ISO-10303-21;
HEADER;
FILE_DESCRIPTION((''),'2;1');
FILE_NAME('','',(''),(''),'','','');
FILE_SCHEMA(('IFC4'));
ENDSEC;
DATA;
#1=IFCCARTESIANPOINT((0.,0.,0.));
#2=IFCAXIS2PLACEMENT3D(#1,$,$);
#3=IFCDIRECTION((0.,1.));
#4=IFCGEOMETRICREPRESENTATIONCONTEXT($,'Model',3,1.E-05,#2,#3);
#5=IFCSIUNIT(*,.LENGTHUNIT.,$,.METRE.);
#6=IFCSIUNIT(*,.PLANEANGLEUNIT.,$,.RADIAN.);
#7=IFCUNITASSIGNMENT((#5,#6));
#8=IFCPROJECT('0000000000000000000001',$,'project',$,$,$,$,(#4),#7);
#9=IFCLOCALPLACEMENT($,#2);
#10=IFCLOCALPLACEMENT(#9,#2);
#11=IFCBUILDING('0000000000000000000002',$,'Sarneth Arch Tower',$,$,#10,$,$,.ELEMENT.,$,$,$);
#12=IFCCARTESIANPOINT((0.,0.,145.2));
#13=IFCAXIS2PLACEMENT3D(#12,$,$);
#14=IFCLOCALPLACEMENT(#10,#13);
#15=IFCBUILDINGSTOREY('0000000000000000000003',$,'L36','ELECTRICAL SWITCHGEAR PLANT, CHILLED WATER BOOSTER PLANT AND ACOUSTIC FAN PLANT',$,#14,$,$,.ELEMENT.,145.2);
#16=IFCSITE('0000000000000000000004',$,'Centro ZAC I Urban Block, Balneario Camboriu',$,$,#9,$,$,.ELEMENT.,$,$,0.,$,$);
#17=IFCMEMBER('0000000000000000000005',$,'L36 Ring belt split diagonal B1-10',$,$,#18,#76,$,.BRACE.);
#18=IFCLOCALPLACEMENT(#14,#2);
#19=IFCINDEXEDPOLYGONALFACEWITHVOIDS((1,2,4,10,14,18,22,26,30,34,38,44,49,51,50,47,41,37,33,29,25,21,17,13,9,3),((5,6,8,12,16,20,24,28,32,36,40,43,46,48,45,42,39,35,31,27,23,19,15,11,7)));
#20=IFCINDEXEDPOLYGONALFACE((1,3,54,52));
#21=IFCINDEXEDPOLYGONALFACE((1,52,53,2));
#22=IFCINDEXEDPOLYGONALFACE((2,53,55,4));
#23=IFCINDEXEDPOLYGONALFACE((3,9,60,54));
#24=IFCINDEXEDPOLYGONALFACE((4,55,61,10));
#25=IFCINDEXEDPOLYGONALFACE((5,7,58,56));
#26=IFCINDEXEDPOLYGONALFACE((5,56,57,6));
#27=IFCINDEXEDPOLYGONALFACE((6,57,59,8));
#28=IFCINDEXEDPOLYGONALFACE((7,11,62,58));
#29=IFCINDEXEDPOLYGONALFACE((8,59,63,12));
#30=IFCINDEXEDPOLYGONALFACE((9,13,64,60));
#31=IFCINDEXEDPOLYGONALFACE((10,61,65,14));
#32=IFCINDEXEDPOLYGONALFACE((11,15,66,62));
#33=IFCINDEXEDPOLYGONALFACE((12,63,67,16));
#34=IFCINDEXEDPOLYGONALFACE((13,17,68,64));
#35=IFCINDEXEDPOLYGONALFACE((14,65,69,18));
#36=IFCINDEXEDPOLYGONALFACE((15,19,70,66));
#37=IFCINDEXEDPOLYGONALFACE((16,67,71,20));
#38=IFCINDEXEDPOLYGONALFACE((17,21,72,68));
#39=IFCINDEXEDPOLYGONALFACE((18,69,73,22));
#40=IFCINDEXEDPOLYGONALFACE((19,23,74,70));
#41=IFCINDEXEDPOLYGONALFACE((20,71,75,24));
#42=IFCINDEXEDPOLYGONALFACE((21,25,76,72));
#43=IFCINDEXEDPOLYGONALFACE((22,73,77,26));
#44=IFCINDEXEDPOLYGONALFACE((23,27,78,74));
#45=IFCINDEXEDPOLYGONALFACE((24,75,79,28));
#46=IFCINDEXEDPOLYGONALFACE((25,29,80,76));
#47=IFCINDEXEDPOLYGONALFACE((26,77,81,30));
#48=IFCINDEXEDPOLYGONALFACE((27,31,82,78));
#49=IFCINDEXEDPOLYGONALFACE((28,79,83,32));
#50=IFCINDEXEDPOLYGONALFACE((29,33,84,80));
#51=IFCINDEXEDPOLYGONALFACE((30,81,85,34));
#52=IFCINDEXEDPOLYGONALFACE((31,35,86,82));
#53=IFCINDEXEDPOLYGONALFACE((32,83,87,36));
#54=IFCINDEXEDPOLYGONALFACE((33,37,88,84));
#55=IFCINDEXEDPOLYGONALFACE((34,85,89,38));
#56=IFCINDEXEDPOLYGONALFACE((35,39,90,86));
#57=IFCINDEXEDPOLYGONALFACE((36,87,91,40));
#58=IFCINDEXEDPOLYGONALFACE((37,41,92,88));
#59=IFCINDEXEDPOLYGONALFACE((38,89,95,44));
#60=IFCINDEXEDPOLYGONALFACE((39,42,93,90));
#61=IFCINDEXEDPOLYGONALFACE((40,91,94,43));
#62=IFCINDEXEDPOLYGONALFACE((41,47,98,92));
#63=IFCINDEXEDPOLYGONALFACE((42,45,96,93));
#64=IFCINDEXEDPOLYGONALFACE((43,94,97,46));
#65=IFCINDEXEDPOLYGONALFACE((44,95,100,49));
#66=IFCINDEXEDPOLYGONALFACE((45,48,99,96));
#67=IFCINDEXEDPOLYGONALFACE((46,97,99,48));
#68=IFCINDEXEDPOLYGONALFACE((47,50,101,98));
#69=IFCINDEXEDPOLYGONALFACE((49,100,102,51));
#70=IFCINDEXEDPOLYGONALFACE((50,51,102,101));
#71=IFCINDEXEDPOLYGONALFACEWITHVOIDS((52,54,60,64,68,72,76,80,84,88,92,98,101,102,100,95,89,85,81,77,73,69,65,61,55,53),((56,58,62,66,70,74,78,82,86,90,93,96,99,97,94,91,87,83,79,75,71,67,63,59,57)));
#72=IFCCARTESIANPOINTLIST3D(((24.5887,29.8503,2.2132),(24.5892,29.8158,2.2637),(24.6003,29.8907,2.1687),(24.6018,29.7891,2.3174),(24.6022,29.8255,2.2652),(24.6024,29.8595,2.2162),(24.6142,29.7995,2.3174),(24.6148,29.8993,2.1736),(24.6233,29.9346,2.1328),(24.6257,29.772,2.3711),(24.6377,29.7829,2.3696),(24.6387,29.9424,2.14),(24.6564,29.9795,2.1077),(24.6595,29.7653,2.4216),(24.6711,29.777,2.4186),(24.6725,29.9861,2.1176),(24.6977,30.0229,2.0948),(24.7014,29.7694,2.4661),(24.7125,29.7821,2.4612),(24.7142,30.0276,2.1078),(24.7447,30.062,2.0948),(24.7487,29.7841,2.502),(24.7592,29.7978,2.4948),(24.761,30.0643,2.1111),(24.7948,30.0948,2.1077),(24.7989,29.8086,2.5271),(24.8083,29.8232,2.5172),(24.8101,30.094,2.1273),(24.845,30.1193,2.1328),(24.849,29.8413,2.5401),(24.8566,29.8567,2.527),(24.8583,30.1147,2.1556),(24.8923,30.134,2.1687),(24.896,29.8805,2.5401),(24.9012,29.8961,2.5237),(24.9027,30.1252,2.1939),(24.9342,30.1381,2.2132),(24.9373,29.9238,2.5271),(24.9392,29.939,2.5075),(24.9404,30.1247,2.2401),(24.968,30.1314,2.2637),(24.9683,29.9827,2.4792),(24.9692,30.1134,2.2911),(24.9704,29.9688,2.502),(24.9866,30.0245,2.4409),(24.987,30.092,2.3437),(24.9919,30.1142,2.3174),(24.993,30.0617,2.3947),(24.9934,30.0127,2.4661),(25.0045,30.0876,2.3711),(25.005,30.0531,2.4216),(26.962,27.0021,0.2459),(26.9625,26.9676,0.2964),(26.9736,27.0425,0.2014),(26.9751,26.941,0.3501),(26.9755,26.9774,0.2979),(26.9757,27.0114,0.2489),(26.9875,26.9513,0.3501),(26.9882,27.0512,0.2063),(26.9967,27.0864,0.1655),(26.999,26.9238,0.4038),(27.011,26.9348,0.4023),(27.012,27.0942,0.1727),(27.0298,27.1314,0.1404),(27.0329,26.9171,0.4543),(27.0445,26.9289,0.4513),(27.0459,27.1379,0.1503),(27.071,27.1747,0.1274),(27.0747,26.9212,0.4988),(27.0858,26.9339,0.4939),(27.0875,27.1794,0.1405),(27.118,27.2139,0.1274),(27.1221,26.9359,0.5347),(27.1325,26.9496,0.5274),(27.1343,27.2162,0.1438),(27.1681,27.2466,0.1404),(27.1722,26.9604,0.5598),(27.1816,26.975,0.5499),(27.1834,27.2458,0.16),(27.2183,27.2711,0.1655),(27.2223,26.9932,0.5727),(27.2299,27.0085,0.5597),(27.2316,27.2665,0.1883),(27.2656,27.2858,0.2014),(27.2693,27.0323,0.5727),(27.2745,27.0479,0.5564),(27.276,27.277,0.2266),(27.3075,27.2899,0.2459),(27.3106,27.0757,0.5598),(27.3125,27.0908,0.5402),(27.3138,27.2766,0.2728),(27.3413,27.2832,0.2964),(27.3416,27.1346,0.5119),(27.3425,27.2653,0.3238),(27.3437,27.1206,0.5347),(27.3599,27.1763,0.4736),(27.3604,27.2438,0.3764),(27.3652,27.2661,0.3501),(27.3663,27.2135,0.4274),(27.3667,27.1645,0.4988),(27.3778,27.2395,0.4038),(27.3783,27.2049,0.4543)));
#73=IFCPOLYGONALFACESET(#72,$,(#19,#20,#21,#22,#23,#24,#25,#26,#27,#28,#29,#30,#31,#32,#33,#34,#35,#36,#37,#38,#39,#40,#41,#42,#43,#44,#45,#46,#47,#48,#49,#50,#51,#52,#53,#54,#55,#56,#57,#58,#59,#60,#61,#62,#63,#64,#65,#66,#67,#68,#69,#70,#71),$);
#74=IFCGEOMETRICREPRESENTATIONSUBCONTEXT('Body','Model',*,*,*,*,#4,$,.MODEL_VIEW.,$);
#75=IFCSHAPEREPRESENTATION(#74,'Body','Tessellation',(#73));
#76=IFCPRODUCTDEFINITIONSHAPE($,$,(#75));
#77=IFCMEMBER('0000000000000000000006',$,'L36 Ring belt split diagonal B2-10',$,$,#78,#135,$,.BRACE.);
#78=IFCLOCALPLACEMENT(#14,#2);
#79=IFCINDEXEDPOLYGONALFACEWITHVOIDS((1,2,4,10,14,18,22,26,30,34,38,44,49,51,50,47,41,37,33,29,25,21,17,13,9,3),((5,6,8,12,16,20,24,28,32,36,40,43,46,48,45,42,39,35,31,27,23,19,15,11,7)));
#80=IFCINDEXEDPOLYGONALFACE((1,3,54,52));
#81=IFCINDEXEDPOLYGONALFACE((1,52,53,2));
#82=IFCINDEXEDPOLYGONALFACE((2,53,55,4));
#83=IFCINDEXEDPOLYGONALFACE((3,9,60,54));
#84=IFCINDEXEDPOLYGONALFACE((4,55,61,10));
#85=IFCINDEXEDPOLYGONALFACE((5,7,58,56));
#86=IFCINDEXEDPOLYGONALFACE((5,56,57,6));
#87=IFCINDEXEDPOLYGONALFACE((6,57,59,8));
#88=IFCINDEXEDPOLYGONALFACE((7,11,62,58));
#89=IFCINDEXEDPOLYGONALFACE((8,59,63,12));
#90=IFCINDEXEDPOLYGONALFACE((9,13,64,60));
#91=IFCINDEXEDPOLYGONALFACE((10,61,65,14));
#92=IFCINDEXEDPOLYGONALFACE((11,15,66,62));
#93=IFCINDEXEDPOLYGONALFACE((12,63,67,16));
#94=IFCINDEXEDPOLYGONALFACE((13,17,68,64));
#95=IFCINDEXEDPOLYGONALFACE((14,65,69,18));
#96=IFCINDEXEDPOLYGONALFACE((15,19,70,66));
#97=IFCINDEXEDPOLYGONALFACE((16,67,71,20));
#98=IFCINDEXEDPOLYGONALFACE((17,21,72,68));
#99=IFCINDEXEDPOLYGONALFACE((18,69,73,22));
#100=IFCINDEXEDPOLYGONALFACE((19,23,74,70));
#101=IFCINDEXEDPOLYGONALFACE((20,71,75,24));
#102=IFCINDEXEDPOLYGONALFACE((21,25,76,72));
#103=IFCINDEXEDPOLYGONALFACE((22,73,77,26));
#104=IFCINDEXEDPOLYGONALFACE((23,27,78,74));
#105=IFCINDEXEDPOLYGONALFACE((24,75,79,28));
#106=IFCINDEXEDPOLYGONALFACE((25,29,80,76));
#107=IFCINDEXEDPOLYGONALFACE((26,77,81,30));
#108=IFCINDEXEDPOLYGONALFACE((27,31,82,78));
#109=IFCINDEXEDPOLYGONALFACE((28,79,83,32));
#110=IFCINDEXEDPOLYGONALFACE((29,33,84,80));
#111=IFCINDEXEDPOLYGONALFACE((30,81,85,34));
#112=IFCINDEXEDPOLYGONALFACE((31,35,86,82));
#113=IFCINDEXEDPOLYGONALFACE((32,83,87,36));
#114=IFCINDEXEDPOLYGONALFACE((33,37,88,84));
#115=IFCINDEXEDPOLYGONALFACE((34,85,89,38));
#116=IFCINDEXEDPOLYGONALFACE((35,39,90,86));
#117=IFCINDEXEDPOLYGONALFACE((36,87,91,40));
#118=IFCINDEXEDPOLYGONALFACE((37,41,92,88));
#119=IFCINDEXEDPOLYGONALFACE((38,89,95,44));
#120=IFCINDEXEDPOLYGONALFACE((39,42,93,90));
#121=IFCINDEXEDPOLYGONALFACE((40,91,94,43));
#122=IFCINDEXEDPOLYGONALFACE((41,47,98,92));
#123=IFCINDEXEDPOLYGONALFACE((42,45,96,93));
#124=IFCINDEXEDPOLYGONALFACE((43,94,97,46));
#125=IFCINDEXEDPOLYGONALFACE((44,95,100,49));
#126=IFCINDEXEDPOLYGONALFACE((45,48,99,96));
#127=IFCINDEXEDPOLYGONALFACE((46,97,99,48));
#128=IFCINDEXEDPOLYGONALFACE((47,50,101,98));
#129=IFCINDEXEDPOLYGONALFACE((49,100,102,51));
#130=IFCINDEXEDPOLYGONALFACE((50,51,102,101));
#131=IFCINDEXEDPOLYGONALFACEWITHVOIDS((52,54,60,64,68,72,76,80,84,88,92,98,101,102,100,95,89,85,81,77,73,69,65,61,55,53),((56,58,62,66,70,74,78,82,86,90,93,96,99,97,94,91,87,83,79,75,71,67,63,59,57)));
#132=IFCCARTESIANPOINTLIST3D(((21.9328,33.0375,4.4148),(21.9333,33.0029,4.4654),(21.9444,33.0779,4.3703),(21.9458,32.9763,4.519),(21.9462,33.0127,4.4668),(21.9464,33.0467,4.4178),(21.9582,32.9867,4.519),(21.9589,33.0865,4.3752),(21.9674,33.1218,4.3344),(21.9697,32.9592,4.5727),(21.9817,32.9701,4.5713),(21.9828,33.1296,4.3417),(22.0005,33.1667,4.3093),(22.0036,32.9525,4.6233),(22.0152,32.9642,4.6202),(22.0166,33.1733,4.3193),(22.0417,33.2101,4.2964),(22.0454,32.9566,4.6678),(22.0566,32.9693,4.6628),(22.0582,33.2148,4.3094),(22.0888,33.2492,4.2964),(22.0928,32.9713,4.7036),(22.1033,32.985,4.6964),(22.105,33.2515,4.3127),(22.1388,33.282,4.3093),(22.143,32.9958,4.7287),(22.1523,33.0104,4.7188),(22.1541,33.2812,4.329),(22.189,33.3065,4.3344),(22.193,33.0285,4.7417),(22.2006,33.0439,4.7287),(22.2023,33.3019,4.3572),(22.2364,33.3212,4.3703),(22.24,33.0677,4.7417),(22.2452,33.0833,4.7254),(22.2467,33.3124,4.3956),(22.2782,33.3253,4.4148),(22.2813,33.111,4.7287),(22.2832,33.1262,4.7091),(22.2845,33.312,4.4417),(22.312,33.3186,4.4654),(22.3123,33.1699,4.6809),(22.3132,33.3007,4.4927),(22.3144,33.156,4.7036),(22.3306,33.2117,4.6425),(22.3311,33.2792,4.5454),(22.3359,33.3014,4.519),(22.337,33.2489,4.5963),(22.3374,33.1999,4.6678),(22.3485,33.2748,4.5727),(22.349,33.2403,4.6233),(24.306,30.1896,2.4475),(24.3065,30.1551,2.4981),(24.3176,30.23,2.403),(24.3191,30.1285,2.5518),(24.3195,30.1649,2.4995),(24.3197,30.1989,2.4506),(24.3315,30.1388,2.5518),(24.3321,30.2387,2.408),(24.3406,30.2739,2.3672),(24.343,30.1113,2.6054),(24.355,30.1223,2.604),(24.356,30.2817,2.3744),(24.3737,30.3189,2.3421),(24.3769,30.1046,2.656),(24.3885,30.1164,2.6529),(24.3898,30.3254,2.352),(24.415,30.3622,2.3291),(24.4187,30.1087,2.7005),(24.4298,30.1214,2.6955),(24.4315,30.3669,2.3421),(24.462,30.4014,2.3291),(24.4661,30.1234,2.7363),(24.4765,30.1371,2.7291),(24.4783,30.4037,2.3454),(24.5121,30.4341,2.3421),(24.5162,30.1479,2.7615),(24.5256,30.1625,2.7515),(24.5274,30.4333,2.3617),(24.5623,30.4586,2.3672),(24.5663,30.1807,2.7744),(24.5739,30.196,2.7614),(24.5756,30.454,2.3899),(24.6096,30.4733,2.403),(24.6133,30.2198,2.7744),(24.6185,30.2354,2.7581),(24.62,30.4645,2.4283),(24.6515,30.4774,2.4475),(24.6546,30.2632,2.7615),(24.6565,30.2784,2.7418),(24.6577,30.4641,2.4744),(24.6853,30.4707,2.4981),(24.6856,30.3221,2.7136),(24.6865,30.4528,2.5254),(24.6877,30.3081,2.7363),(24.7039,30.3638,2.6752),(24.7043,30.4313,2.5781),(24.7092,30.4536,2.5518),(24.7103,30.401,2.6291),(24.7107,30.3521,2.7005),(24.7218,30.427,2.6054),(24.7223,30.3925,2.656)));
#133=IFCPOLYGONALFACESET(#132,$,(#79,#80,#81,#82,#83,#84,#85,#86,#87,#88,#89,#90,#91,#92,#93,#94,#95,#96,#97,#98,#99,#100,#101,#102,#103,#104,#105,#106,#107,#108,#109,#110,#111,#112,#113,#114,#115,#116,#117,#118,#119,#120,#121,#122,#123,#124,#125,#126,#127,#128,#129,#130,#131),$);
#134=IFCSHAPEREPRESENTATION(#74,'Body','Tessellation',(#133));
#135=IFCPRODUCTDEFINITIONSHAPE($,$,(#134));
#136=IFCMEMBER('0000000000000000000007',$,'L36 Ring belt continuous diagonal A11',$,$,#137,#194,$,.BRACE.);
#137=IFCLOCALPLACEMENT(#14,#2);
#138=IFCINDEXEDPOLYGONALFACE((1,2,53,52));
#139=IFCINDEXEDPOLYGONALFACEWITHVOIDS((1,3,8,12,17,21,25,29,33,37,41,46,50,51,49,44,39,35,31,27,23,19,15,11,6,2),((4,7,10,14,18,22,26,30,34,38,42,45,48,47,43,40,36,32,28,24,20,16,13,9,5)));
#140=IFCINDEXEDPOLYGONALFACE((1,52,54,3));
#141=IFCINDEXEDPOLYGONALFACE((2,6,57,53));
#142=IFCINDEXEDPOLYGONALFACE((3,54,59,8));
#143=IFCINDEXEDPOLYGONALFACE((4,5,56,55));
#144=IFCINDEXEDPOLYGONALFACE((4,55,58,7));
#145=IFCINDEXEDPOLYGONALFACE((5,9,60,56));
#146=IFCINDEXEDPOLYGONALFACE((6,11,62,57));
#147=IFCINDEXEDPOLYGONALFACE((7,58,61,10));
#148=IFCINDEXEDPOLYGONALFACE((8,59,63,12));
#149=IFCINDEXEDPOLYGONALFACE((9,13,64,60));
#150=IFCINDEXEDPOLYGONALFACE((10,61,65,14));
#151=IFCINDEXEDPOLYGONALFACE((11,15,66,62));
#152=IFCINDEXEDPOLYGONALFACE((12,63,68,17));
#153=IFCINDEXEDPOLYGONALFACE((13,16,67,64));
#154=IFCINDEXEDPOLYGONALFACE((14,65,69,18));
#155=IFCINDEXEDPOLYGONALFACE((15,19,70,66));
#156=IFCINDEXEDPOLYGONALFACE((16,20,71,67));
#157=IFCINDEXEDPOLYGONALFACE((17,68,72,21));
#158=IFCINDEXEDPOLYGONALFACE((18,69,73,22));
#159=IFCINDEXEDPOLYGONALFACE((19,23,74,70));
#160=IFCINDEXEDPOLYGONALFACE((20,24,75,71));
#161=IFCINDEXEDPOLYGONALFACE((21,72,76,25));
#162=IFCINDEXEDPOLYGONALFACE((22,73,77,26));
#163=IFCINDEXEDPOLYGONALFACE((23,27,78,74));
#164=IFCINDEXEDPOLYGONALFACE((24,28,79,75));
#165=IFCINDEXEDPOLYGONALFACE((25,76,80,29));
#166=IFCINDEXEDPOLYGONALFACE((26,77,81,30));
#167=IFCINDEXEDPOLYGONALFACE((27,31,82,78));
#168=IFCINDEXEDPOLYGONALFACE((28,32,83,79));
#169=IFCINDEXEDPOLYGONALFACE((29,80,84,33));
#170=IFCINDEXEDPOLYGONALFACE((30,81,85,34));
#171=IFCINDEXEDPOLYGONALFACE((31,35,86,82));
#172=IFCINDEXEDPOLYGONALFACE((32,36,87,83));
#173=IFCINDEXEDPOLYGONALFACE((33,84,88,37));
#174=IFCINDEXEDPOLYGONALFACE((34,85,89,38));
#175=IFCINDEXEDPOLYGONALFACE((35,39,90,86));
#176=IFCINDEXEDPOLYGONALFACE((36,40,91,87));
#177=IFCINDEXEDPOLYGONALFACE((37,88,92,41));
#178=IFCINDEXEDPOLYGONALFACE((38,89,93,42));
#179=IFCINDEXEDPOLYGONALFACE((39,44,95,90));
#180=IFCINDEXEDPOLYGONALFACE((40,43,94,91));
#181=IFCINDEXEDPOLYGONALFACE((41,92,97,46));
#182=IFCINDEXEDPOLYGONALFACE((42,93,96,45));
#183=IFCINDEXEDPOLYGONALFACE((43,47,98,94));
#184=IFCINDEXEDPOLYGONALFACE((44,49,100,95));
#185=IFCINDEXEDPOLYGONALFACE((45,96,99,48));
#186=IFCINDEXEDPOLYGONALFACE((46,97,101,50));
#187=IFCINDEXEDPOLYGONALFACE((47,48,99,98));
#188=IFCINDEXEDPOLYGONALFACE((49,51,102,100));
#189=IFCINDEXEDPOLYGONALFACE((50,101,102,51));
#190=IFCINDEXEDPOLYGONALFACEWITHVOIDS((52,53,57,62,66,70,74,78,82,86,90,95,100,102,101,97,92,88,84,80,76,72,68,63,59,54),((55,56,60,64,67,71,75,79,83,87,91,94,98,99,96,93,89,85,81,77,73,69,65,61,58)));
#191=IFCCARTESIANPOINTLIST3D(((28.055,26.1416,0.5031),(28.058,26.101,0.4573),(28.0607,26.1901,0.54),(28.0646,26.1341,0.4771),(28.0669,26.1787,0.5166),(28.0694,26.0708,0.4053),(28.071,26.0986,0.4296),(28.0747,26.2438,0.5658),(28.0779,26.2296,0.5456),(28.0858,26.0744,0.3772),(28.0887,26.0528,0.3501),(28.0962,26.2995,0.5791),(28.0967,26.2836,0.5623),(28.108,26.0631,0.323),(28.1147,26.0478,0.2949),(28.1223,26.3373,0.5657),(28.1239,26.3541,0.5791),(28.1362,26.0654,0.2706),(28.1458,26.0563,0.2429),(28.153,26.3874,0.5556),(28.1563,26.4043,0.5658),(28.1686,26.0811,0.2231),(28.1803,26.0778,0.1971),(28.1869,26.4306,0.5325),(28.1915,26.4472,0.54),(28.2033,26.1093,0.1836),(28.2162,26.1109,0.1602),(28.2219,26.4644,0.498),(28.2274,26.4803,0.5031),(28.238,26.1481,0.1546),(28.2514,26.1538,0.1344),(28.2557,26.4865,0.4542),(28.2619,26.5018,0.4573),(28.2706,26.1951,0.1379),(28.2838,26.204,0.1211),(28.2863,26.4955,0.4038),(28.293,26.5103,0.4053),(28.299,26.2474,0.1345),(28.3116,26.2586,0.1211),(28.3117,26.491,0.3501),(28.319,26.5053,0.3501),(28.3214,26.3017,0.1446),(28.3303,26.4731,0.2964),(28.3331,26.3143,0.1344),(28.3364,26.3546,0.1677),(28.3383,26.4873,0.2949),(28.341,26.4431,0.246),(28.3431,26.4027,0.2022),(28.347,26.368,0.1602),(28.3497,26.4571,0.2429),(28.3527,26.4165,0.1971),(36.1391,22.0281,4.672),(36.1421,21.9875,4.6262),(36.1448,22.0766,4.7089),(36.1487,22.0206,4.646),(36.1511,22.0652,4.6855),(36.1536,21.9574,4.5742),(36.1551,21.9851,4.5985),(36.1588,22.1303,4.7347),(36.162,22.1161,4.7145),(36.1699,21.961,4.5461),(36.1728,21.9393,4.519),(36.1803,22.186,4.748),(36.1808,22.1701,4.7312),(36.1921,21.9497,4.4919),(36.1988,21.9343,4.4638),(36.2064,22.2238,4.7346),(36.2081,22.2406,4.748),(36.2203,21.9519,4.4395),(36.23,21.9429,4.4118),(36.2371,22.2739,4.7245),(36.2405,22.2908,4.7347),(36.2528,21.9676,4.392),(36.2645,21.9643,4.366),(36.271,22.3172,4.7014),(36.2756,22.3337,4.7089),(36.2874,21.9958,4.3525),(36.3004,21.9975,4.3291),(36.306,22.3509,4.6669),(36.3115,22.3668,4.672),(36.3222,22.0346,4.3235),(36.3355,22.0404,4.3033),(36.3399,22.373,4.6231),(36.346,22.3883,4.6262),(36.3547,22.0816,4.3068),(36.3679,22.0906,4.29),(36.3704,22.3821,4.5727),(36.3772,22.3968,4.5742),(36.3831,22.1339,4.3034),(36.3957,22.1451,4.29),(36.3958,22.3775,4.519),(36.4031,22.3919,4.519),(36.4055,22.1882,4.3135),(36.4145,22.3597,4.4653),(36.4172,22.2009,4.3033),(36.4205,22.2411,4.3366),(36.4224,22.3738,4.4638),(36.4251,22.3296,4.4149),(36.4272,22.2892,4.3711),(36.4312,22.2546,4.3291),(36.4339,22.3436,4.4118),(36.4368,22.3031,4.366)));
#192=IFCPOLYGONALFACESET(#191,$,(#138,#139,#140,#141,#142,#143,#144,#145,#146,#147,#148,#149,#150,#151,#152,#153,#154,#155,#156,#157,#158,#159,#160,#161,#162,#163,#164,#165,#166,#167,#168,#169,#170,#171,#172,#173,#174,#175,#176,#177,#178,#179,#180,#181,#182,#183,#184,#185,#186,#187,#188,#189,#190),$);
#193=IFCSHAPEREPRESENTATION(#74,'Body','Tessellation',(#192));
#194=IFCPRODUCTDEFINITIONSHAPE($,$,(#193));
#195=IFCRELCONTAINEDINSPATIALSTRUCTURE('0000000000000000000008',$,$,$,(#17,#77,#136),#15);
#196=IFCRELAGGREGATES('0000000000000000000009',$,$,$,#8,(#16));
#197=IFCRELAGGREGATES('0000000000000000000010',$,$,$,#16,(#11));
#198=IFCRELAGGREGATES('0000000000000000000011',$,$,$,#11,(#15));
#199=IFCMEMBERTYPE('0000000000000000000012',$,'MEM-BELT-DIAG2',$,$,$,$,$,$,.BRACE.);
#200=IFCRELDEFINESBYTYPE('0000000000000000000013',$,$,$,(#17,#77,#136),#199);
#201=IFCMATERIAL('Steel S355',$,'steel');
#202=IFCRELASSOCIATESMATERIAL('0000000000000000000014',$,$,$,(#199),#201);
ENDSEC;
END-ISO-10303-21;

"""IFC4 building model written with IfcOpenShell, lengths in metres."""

from ifc_helpers import new_model, si_unit, direction, frame, origin, origin_2d, place, context, subcontext, project, spatial, hollow_circle, extrude, material, material_profile, profile_set, type_object, element, save


model = new_model("IFC4")

# Units and contexts
model_context = context("Model", 3, precision=1e-05, world=origin(), true_north=direction((0.0, 1.0)))
body_context = subcontext(model_context, "Body", "Model", "MODEL_VIEW")
ifc_project = project(units=[si_unit("LENGTHUNIT", "METRE"), si_unit("PLANEANGLEUNIT", "RADIAN")], contexts=[model_context])

# Site, building, storey
site_placement = place(None, origin())
site = spatial("IfcSite", under=ifc_project, at=site_placement, Name="Centro ZAC I Urban Block, Balneario Camboriu", CompositionType="ELEMENT", RefElevation=0.0)
building_placement = place(site_placement, origin())
building = spatial("IfcBuilding", under=site, at=building_placement, Name="Sarneth Arch Tower", CompositionType="ELEMENT")
storey_placement = place(building_placement, frame((0.0, 0.0, 145.2)))
storey = spatial("IfcBuildingStorey", under=building, at=storey_placement, Name="L36", Description="ELECTRICAL SWITCHGEAR PLANT, CHILLED WATER BOOSTER PLANT AND ACOUSTIC FAN PLANT", CompositionType="ELEMENT", Elevation=145.2)

# Members
ifc_material_1 = material(Name="Steel S355", Category="steel")
ifc_material_profile_1 = material_profile(ifc_material_1, hollow_circle(Radius=0.2539, WallThickness=0.0161, at=origin_2d()), Name="CHS508x16")
ifc_profile_set_1 = profile_set([ifc_material_profile_1], Name="Steel S355")
member_type_1 = type_object("IfcMemberType", Name="MEM-BELT-DIAG2", PredefinedType="BRACE", material=ifc_profile_set_1)
member_1_placement = place(storey_placement, frame((27.1702, 27.1035, 0.3501), z_axis=(-0.565476, 0.678617, 0.468738), x_axis=(-0.768243, -0.640158, 0.0)))
element("IfcMember", 1, at=member_1_placement, inside=storey, type_object=member_type_1, Name="L36 Ring belt split diagonal B1-10", PredefinedType="BRACE", context=body_context, shape_type="SweptSolid", body=[
    extrude(hollow_circle(Radius=0.2539, WallThickness=0.0161, at=origin_2d()), origin(), (0.0, 0.0, 1.0), 4.197),
])
member_2_placement = place(storey_placement, frame((24.5142, 30.291, 2.5518), z_axis=(-0.565498, 0.678586, 0.468757), x_axis=(-0.768216, -0.640191, 0.0)))
element("IfcMember", 2, at=member_2_placement, inside=storey, type_object=member_type_1, Name="L36 Ring belt split diagonal B2-10", PredefinedType="BRACE", context=body_context, shape_type="SweptSolid", body=[
    extrude(hollow_circle(Radius=0.2539, WallThickness=0.0161, at=origin_2d()), origin(), (0.0, 0.0, 1.0), 4.1968),
])
member_3_placement = place(storey_placement, frame((28.2039, 26.2791, 0.3501), z_axis=(0.809817, -0.412062, 0.417614), x_axis=(0.453501, 0.891256, 0.0)))
element("IfcMember", 3, at=member_3_placement, inside=storey, type_object=member_type_1, Name="L36 Ring belt continuous diagonal A11", PredefinedType="BRACE", context=body_context, shape_type="SweptSolid", body=[
    extrude(hollow_circle(Radius=0.2539, WallThickness=0.0161, at=origin_2d()), origin(), (0.0, 0.0, 1.0), 9.9827),
])

save(model, "model.ifc")
